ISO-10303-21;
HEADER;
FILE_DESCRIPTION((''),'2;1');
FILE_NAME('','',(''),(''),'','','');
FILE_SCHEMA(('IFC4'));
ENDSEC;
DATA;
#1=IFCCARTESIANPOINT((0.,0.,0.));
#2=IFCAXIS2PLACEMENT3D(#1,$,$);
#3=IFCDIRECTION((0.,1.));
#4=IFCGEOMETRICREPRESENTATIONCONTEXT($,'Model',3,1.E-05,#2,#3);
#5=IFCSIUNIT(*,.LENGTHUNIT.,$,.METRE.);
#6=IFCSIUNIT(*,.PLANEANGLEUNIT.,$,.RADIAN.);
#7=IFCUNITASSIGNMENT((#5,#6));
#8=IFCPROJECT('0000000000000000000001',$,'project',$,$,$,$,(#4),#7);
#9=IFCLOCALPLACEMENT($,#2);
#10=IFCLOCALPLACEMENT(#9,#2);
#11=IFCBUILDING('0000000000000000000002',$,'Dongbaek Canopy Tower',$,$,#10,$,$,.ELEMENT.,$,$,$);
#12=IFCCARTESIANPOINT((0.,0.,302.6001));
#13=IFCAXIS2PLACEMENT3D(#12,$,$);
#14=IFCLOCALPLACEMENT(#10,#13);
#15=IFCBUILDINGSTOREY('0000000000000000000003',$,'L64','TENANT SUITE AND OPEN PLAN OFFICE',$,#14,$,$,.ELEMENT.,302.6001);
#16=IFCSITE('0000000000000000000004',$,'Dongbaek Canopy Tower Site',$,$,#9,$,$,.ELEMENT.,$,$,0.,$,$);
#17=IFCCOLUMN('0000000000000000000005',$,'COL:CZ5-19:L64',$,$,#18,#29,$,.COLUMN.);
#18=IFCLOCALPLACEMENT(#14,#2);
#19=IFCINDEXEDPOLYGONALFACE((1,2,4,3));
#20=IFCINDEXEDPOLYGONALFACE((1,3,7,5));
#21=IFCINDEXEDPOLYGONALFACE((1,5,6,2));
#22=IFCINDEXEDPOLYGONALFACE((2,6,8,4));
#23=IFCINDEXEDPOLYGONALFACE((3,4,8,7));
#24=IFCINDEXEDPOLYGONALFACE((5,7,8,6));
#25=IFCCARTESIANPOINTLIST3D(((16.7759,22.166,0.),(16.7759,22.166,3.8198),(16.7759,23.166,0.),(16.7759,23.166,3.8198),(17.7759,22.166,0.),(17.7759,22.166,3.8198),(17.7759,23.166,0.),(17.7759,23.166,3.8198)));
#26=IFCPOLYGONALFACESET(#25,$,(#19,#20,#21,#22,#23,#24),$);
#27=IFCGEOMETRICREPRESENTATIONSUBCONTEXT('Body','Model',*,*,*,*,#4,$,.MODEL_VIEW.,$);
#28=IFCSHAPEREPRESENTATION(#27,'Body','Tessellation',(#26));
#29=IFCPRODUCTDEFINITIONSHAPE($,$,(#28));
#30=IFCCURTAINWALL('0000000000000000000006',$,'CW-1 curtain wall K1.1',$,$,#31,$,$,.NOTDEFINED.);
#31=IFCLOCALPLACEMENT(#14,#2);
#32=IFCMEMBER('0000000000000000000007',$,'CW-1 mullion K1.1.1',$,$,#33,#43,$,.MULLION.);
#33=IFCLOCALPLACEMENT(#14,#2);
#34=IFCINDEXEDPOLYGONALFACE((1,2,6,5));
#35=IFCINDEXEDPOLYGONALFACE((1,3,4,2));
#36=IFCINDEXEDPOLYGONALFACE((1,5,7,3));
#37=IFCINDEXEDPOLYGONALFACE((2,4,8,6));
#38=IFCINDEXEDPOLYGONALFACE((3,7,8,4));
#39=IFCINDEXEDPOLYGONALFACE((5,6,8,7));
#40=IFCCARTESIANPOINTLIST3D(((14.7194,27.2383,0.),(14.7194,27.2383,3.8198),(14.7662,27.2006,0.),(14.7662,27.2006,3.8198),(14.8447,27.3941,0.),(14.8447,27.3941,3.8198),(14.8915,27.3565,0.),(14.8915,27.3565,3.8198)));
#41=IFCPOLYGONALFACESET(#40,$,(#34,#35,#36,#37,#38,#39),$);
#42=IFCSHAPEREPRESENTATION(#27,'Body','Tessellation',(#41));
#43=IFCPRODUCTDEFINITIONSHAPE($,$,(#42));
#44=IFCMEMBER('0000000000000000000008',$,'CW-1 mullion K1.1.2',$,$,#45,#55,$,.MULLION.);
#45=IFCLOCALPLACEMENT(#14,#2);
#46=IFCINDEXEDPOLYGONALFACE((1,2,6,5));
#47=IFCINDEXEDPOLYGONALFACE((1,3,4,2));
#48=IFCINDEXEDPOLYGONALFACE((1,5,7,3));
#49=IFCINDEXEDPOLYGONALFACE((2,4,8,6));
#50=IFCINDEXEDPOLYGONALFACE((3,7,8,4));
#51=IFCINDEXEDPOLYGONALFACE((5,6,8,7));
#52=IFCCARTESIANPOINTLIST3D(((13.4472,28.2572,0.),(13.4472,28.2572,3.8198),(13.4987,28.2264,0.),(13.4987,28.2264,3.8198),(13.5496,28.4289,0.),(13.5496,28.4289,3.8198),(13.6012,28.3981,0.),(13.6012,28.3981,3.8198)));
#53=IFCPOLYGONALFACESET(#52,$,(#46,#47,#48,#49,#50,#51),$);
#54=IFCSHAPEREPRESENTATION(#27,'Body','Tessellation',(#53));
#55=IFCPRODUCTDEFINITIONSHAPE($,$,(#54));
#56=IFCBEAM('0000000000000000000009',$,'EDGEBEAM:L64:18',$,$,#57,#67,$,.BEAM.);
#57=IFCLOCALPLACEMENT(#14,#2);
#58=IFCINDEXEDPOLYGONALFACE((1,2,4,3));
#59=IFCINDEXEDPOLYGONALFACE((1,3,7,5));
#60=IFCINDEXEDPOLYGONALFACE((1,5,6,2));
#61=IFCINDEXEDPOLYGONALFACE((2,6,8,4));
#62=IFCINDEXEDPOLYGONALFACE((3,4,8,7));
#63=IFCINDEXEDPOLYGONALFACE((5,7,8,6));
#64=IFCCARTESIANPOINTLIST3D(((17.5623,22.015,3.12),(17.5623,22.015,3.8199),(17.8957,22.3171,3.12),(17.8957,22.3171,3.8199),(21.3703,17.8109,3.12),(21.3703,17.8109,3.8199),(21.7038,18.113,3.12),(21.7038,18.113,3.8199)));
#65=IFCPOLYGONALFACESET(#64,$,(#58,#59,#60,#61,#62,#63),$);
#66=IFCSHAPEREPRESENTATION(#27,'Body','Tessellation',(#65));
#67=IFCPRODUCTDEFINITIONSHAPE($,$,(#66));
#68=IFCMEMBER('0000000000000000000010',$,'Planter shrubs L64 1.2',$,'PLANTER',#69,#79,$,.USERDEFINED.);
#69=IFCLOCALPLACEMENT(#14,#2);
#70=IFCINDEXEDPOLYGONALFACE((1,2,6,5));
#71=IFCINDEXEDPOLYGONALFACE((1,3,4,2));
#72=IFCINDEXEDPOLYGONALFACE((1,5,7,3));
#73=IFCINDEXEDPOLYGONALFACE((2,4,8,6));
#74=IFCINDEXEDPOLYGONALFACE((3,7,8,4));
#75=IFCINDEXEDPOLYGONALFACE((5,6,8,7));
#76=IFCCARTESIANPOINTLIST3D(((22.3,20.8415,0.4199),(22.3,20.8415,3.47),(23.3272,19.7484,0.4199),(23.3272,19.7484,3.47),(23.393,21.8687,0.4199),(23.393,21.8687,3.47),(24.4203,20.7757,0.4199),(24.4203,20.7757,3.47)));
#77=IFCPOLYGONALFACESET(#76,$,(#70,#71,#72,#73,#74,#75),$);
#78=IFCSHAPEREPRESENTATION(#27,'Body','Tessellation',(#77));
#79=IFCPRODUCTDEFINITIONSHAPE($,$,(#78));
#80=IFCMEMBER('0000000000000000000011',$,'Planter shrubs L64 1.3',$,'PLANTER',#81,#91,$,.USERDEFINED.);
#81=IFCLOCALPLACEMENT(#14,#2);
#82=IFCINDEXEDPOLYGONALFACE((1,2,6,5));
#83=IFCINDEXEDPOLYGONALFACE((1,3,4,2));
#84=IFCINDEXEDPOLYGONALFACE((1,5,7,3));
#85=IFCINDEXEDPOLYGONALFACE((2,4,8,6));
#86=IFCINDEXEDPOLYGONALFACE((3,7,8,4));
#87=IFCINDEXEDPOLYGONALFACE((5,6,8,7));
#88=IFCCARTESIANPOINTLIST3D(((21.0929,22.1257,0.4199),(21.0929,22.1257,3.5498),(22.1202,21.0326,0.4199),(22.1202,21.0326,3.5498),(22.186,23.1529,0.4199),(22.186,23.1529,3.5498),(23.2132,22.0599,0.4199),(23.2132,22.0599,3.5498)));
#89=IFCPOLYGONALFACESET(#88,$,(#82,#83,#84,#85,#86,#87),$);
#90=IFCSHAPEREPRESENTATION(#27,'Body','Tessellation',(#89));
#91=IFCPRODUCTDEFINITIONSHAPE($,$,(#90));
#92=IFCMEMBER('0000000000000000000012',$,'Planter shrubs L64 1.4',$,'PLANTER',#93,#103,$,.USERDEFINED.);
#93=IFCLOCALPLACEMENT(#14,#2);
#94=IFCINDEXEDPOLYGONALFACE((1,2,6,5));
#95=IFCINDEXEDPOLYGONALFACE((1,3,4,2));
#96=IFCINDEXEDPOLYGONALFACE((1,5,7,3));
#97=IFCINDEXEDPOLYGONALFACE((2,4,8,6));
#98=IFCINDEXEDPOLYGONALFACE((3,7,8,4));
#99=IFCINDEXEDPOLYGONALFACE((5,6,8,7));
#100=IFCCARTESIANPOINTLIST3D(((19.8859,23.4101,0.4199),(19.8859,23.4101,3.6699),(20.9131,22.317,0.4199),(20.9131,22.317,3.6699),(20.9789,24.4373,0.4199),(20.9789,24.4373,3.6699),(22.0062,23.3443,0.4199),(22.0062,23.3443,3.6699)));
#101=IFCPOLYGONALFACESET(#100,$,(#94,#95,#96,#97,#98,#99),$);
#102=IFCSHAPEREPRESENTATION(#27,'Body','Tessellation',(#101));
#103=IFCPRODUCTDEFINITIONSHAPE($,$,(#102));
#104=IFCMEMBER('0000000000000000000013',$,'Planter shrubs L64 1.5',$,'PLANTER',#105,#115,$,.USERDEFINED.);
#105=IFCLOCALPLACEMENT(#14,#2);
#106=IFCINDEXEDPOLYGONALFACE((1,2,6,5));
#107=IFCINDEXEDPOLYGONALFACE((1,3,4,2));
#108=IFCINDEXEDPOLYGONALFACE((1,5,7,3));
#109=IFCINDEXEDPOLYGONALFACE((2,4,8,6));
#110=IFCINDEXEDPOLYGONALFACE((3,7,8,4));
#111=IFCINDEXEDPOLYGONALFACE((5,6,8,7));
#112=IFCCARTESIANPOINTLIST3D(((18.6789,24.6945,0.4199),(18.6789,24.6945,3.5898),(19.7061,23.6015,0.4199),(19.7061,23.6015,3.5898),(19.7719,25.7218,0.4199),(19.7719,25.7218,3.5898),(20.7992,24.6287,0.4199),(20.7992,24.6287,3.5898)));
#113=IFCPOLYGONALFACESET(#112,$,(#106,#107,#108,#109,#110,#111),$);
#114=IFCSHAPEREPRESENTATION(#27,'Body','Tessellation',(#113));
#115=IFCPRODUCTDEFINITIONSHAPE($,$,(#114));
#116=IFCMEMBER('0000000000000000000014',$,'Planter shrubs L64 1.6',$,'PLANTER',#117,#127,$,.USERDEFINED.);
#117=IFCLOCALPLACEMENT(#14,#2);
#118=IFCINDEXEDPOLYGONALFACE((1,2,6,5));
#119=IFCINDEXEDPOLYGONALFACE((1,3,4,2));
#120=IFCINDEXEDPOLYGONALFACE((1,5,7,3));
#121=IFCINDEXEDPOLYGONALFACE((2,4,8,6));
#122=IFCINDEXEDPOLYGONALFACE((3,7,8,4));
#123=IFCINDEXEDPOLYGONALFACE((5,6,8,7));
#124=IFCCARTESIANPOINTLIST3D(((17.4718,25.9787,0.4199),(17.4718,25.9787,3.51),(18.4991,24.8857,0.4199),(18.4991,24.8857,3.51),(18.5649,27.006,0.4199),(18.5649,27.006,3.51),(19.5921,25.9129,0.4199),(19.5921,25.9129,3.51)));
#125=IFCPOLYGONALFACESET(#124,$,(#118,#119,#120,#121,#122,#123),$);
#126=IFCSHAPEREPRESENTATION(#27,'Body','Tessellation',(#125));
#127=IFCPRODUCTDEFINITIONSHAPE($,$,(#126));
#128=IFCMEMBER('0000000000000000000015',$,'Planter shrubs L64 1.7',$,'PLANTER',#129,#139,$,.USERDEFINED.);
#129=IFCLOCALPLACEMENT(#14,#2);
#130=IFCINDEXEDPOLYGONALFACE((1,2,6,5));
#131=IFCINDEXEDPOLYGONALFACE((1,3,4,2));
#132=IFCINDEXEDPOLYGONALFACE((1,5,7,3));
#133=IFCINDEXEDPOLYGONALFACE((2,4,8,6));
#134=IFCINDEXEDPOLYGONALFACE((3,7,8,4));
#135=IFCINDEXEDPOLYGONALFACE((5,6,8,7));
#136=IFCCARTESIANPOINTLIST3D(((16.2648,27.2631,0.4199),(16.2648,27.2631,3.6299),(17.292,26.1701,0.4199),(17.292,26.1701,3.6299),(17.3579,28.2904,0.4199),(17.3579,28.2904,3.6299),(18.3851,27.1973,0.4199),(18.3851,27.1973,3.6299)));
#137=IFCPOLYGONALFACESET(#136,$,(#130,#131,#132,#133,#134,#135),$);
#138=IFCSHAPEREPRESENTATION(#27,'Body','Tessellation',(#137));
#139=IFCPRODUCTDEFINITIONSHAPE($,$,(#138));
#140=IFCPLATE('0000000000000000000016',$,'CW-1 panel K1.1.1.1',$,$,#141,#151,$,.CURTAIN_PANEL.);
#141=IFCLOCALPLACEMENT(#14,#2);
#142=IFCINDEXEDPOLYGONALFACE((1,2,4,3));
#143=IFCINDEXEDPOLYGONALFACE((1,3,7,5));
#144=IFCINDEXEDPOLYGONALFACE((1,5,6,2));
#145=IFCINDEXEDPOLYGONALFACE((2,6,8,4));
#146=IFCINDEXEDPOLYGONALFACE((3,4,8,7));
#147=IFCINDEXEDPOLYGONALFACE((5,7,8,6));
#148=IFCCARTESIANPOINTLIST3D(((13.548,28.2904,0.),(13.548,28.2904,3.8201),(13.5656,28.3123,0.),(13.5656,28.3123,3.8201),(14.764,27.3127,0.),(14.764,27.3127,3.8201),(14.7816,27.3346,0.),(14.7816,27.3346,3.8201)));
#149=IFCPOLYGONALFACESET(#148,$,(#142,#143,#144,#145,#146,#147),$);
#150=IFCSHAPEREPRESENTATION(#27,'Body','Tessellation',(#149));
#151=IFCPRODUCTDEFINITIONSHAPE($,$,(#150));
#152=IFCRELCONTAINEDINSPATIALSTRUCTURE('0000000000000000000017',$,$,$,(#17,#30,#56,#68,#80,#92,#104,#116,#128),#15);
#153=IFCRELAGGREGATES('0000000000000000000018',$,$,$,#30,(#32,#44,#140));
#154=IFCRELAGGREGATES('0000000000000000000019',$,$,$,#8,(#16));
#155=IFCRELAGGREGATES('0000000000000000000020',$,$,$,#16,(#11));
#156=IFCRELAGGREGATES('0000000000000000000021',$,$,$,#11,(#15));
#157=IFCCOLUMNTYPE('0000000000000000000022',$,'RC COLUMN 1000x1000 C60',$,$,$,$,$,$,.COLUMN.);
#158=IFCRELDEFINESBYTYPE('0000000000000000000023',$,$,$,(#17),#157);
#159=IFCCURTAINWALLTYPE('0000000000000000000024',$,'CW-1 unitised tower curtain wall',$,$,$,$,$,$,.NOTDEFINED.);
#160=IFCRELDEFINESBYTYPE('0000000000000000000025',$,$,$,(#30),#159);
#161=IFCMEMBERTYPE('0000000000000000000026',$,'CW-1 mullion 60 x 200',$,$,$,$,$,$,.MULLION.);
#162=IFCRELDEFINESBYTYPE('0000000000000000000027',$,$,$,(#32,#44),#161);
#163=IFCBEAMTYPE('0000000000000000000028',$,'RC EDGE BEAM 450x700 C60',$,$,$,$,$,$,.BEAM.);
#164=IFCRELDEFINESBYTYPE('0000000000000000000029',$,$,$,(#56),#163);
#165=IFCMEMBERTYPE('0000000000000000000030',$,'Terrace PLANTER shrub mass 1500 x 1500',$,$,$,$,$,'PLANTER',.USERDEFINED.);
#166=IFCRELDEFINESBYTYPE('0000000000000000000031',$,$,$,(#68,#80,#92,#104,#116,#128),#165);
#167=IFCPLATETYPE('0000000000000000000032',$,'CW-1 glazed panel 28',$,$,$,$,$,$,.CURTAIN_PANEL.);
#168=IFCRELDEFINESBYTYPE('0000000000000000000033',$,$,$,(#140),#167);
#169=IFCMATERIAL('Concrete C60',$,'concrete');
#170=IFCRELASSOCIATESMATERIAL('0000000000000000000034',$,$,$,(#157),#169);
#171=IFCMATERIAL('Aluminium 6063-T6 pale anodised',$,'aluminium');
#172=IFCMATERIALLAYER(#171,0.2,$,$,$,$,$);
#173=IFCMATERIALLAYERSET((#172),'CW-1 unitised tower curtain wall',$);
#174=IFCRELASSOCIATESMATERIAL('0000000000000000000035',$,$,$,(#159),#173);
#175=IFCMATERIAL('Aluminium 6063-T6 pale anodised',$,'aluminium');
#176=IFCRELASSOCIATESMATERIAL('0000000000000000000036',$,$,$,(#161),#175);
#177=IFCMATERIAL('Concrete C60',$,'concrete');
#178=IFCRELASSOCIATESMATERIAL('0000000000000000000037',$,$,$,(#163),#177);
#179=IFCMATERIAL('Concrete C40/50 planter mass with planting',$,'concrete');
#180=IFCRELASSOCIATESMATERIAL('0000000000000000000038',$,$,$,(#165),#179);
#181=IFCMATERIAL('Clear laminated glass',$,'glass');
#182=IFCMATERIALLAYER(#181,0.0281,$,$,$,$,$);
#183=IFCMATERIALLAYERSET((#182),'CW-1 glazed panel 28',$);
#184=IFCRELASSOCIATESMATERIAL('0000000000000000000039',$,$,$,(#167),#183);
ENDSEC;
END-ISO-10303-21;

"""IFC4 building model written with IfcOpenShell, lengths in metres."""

from ifc_helpers import new_model, si_unit, direction, frame, origin, origin_2d, place, context, subcontext, project, spatial, rectangle, extrude, material, layer, layer_set, material_profile, profile_set, type_object, element, aggregate, save


model = new_model("IFC4")

# Units and contexts
model_context = context("Model", 3, precision=1e-05, world=origin(), true_north=direction((0.0, 1.0)))
body_context = subcontext(model_context, "Body", "Model", "MODEL_VIEW")
ifc_project = project(units=[si_unit("LENGTHUNIT", "METRE"), si_unit("PLANEANGLEUNIT", "RADIAN")], contexts=[model_context])

# Site, building, storey
site_placement = place(None, origin())
site = spatial("IfcSite", under=ifc_project, at=site_placement, Name="Dongbaek Canopy Tower Site", CompositionType="ELEMENT", RefElevation=0.0)
building_placement = place(site_placement, origin())
building = spatial("IfcBuilding", under=site, at=building_placement, Name="Dongbaek Canopy Tower", CompositionType="ELEMENT")
storey_placement = place(building_placement, frame((0.0, 0.0, 302.6001)))
storey = spatial("IfcBuildingStorey", under=building, at=storey_placement, Name="L64", Description="TENANT SUITE AND OPEN PLAN OFFICE", CompositionType="ELEMENT", Elevation=302.6001)

# Column
ifc_material_1 = material(Name="Concrete C60", Category="concrete")
ifc_material_profile_1 = material_profile(ifc_material_1, rectangle(XDim=1.0, YDim=1.0, at=origin_2d()), Name="RC COLUMN 1000x1000 C60")
ifc_profile_set_1 = profile_set([ifc_material_profile_1], Name="Concrete C60")
column_type = type_object("IfcColumnType", Name="RC COLUMN 1000x1000 C60", PredefinedType="COLUMN", material=ifc_profile_set_1)
column_placement = place(storey_placement, frame((17.2759, 22.666, 0.0), z_axis=(0.0, 0.0, 1.0), x_axis=(1.0, 0.0, 0.0)))
element("IfcColumn", 1, at=column_placement, inside=storey, type_object=column_type, Name="COL:CZ5-19:L64", PredefinedType="COLUMN", context=body_context, shape_type="SweptSolid", body=[
    extrude(rectangle(XDim=1.0, YDim=1.0, at=origin_2d()), origin(), (0.0, 0.0, 1.0), 3.8198),
])

# Curtain wall, members
ifc_material_2 = material(Name="Aluminium 6063-T6 pale anodised", Category="aluminium")
ifc_layer_1 = layer(ifc_material_2, 0.2)
ifc_layer_set_1 = layer_set([ifc_layer_1], Name="CW-1 unitised tower curtain wall")
curtain_wall_type = type_object("IfcCurtainWallType", Name="CW-1 unitised tower curtain wall", PredefinedType="NOTDEFINED", material=ifc_layer_set_1)
curtain_wall_placement = place(storey_placement, origin())
curtain_wall = element("IfcCurtainWall", 2, at=curtain_wall_placement, inside=storey, type_object=curtain_wall_type, Name="CW-1 curtain wall K1.1", PredefinedType="NOTDEFINED")
ifc_material_3 = material(Name="Aluminium 6063-T6 pale anodised", Category="aluminium")
ifc_material_profile_2 = material_profile(ifc_material_3, rectangle(XDim=0.2, YDim=0.0601, at=origin_2d()), Name="CW-1 mullion 60 x 200")
ifc_profile_set_2 = profile_set([ifc_material_profile_2], Name="Aluminium 6063-T6 pale anodised")
member_type_1 = type_object("IfcMemberType", Name="CW-1 mullion 60 x 200", PredefinedType="MULLION", material=ifc_profile_set_2)
member_1_placement = place(storey_placement, frame((14.8054, 27.2974, 0.0), z_axis=(0.0, 0.0, 1.0), x_axis=(0.626616, 0.779328, 0.0)))
member_1 = element("IfcMember", 3, at=member_1_placement, type_object=member_type_1, Name="CW-1 mullion K1.1.1", PredefinedType="MULLION", context=body_context, shape_type="SweptSolid", body=[
    extrude(rectangle(XDim=0.2, YDim=0.0601, at=origin_2d()), origin(), (0.0, 0.0, 1.0), 3.8198),
])
member_2_placement = place(storey_placement, frame((13.5242, 28.3276, 0.0), z_axis=(0.0, 0.0, 1.0), x_axis=(0.512404, 0.858745, 0.0)))
member_2 = element("IfcMember", 4, at=member_2_placement, type_object=member_type_1, Name="CW-1 mullion K1.1.2", PredefinedType="MULLION", context=body_context, shape_type="SweptSolid", body=[
    extrude(rectangle(XDim=0.2, YDim=0.0601, at=origin_2d()), origin(), (0.0, 0.0, 1.0), 3.8198),
])

# Beam
ifc_material_4 = material(Name="Concrete C60", Category="concrete")
ifc_material_profile_3 = material_profile(ifc_material_4, rectangle(XDim=0.45, YDim=0.7, at=origin_2d()), Name="RC EDGE BEAM 450x700 C60")
ifc_profile_set_3 = profile_set([ifc_material_profile_3], Name="Concrete C60")
beam_type = type_object("IfcBeamType", Name="RC EDGE BEAM 450x700 C60", PredefinedType="BEAM", material=ifc_profile_set_3)
beam_placement = place(storey_placement, frame((17.729, 22.166, 3.47), z_axis=(0.671339, -0.74115, 0.0), x_axis=(0.74115, 0.671339, 0.0)))
element("IfcBeam", 5, at=beam_placement, inside=storey, type_object=beam_type, Name="EDGEBEAM:L64:18", PredefinedType="BEAM", context=body_context, shape_type="SweptSolid", body=[
    extrude(rectangle(XDim=0.45, YDim=0.7, at=origin_2d()), origin(), (0.0, 0.0, 1.0), 5.6724),
])

# Members
ifc_material_5 = material(Name="Concrete C40/50 planter mass with planting", Category="concrete")
ifc_material_profile_4 = material_profile(ifc_material_5, rectangle(XDim=1.5, YDim=1.5, at=origin_2d()), Name="Terrace PLANTER shrub mass 1500 x 1500")
ifc_profile_set_4 = profile_set([ifc_material_profile_4], Name="Concrete C40/50 planter mass with planting")
member_type_2 = type_object("IfcMemberType", Name="Terrace PLANTER shrub mass 1500 x 1500", ElementType="PLANTER", PredefinedType="USERDEFINED", material=ifc_profile_set_4)
member_3_placement = place(storey_placement, frame((23.3601, 20.8086, 0.4199), z_axis=(0.0, 0.0, 1.0), x_axis=(0.728702, 0.684831, 0.0)))
element("IfcMember", 6, at=member_3_placement, inside=storey, type_object=member_type_2, Name="Planter shrubs L64 1.2", ObjectType="PLANTER", PredefinedType="USERDEFINED", context=body_context, shape_type="SweptSolid", body=[
    extrude(rectangle(XDim=1.5, YDim=1.5, at=origin_2d()), origin(), (0.0, 0.0, 1.0), 3.05),
])
member_4_placement = place(storey_placement, frame((22.1531, 22.0928, 0.4199), z_axis=(0.0, 0.0, 1.0), x_axis=(0.728702, 0.684831, 0.0)))
element("IfcMember", 7, at=member_4_placement, inside=storey, type_object=member_type_2, Name="Planter shrubs L64 1.3", ObjectType="PLANTER", PredefinedType="USERDEFINED", context=body_context, shape_type="SweptSolid", body=[
    extrude(rectangle(XDim=1.5, YDim=1.5, at=origin_2d()), origin(), (0.0, 0.0, 1.0), 3.1299),
])
member_5_placement = place(storey_placement, frame((20.946, 23.3772, 0.4199), z_axis=(0.0, 0.0, 1.0), x_axis=(0.728702, 0.684831, 0.0)))
element("IfcMember", 8, at=member_5_placement, inside=storey, type_object=member_type_2, Name="Planter shrubs L64 1.4", ObjectType="PLANTER", PredefinedType="USERDEFINED", context=body_context, shape_type="SweptSolid", body=[
    extrude(rectangle(XDim=1.5, YDim=1.5, at=origin_2d()), origin(), (0.0, 0.0, 1.0), 3.25),
])
member_6_placement = place(storey_placement, frame((19.739, 24.6616, 0.4199), z_axis=(0.0, 0.0, 1.0), x_axis=(0.728702, 0.684831, 0.0)))
element("IfcMember", 9, at=member_6_placement, inside=storey, type_object=member_type_2, Name="Planter shrubs L64 1.5", ObjectType="PLANTER", PredefinedType="USERDEFINED", context=body_context, shape_type="SweptSolid", body=[
    extrude(rectangle(XDim=1.5, YDim=1.5, at=origin_2d()), origin(), (0.0, 0.0, 1.0), 3.1699),
])
member_7_placement = place(storey_placement, frame((18.532, 25.9458, 0.4199), z_axis=(0.0, 0.0, 1.0), x_axis=(0.728702, 0.684831, 0.0)))
element("IfcMember", 10, at=member_7_placement, inside=storey, type_object=member_type_2, Name="Planter shrubs L64 1.6", ObjectType="PLANTER", PredefinedType="USERDEFINED", context=body_context, shape_type="SweptSolid", body=[
    extrude(rectangle(XDim=1.5, YDim=1.5, at=origin_2d()), origin(), (0.0, 0.0, 1.0), 3.0901),
])
member_8_placement = place(storey_placement, frame((17.325, 27.2302, 0.4199), z_axis=(0.0, 0.0, 1.0), x_axis=(0.728702, 0.684831, 0.0)))
element("IfcMember", 11, at=member_8_placement, inside=storey, type_object=member_type_2, Name="Planter shrubs L64 1.7", ObjectType="PLANTER", PredefinedType="USERDEFINED", context=body_context, shape_type="SweptSolid", body=[
    extrude(rectangle(XDim=1.5, YDim=1.5, at=origin_2d()), origin(), (0.0, 0.0, 1.0), 3.21),
])

# Plate
ifc_material_6 = material(Name="Clear laminated glass", Category="glass")
ifc_layer_2 = layer(ifc_material_6, 0.0281)
ifc_layer_set_2 = layer_set([ifc_layer_2], Name="CW-1 glazed panel 28")
plate_type = type_object("IfcPlateType", Name="CW-1 glazed panel 28", PredefinedType="CURTAIN_PANEL", material=ifc_layer_set_2)
plate_placement = place(storey_placement, frame((14.1648, 27.8125, 0.0), z_axis=(0.0, 0.0, 1.0), x_axis=(-0.779328, 0.626616, 0.0)))
plate = element("IfcPlate", 12, at=plate_placement, type_object=plate_type, Name="CW-1 panel K1.1.1.1", PredefinedType="CURTAIN_PANEL", context=body_context, shape_type="SweptSolid", body=[
    extrude(rectangle(XDim=1.5603, YDim=0.0281, at=origin_2d()), origin(), (0.0, 0.0, 1.0), 3.8201),
])
aggregate(curtain_wall, [member_1, member_2, plate])

save(model, "model.ifc")
